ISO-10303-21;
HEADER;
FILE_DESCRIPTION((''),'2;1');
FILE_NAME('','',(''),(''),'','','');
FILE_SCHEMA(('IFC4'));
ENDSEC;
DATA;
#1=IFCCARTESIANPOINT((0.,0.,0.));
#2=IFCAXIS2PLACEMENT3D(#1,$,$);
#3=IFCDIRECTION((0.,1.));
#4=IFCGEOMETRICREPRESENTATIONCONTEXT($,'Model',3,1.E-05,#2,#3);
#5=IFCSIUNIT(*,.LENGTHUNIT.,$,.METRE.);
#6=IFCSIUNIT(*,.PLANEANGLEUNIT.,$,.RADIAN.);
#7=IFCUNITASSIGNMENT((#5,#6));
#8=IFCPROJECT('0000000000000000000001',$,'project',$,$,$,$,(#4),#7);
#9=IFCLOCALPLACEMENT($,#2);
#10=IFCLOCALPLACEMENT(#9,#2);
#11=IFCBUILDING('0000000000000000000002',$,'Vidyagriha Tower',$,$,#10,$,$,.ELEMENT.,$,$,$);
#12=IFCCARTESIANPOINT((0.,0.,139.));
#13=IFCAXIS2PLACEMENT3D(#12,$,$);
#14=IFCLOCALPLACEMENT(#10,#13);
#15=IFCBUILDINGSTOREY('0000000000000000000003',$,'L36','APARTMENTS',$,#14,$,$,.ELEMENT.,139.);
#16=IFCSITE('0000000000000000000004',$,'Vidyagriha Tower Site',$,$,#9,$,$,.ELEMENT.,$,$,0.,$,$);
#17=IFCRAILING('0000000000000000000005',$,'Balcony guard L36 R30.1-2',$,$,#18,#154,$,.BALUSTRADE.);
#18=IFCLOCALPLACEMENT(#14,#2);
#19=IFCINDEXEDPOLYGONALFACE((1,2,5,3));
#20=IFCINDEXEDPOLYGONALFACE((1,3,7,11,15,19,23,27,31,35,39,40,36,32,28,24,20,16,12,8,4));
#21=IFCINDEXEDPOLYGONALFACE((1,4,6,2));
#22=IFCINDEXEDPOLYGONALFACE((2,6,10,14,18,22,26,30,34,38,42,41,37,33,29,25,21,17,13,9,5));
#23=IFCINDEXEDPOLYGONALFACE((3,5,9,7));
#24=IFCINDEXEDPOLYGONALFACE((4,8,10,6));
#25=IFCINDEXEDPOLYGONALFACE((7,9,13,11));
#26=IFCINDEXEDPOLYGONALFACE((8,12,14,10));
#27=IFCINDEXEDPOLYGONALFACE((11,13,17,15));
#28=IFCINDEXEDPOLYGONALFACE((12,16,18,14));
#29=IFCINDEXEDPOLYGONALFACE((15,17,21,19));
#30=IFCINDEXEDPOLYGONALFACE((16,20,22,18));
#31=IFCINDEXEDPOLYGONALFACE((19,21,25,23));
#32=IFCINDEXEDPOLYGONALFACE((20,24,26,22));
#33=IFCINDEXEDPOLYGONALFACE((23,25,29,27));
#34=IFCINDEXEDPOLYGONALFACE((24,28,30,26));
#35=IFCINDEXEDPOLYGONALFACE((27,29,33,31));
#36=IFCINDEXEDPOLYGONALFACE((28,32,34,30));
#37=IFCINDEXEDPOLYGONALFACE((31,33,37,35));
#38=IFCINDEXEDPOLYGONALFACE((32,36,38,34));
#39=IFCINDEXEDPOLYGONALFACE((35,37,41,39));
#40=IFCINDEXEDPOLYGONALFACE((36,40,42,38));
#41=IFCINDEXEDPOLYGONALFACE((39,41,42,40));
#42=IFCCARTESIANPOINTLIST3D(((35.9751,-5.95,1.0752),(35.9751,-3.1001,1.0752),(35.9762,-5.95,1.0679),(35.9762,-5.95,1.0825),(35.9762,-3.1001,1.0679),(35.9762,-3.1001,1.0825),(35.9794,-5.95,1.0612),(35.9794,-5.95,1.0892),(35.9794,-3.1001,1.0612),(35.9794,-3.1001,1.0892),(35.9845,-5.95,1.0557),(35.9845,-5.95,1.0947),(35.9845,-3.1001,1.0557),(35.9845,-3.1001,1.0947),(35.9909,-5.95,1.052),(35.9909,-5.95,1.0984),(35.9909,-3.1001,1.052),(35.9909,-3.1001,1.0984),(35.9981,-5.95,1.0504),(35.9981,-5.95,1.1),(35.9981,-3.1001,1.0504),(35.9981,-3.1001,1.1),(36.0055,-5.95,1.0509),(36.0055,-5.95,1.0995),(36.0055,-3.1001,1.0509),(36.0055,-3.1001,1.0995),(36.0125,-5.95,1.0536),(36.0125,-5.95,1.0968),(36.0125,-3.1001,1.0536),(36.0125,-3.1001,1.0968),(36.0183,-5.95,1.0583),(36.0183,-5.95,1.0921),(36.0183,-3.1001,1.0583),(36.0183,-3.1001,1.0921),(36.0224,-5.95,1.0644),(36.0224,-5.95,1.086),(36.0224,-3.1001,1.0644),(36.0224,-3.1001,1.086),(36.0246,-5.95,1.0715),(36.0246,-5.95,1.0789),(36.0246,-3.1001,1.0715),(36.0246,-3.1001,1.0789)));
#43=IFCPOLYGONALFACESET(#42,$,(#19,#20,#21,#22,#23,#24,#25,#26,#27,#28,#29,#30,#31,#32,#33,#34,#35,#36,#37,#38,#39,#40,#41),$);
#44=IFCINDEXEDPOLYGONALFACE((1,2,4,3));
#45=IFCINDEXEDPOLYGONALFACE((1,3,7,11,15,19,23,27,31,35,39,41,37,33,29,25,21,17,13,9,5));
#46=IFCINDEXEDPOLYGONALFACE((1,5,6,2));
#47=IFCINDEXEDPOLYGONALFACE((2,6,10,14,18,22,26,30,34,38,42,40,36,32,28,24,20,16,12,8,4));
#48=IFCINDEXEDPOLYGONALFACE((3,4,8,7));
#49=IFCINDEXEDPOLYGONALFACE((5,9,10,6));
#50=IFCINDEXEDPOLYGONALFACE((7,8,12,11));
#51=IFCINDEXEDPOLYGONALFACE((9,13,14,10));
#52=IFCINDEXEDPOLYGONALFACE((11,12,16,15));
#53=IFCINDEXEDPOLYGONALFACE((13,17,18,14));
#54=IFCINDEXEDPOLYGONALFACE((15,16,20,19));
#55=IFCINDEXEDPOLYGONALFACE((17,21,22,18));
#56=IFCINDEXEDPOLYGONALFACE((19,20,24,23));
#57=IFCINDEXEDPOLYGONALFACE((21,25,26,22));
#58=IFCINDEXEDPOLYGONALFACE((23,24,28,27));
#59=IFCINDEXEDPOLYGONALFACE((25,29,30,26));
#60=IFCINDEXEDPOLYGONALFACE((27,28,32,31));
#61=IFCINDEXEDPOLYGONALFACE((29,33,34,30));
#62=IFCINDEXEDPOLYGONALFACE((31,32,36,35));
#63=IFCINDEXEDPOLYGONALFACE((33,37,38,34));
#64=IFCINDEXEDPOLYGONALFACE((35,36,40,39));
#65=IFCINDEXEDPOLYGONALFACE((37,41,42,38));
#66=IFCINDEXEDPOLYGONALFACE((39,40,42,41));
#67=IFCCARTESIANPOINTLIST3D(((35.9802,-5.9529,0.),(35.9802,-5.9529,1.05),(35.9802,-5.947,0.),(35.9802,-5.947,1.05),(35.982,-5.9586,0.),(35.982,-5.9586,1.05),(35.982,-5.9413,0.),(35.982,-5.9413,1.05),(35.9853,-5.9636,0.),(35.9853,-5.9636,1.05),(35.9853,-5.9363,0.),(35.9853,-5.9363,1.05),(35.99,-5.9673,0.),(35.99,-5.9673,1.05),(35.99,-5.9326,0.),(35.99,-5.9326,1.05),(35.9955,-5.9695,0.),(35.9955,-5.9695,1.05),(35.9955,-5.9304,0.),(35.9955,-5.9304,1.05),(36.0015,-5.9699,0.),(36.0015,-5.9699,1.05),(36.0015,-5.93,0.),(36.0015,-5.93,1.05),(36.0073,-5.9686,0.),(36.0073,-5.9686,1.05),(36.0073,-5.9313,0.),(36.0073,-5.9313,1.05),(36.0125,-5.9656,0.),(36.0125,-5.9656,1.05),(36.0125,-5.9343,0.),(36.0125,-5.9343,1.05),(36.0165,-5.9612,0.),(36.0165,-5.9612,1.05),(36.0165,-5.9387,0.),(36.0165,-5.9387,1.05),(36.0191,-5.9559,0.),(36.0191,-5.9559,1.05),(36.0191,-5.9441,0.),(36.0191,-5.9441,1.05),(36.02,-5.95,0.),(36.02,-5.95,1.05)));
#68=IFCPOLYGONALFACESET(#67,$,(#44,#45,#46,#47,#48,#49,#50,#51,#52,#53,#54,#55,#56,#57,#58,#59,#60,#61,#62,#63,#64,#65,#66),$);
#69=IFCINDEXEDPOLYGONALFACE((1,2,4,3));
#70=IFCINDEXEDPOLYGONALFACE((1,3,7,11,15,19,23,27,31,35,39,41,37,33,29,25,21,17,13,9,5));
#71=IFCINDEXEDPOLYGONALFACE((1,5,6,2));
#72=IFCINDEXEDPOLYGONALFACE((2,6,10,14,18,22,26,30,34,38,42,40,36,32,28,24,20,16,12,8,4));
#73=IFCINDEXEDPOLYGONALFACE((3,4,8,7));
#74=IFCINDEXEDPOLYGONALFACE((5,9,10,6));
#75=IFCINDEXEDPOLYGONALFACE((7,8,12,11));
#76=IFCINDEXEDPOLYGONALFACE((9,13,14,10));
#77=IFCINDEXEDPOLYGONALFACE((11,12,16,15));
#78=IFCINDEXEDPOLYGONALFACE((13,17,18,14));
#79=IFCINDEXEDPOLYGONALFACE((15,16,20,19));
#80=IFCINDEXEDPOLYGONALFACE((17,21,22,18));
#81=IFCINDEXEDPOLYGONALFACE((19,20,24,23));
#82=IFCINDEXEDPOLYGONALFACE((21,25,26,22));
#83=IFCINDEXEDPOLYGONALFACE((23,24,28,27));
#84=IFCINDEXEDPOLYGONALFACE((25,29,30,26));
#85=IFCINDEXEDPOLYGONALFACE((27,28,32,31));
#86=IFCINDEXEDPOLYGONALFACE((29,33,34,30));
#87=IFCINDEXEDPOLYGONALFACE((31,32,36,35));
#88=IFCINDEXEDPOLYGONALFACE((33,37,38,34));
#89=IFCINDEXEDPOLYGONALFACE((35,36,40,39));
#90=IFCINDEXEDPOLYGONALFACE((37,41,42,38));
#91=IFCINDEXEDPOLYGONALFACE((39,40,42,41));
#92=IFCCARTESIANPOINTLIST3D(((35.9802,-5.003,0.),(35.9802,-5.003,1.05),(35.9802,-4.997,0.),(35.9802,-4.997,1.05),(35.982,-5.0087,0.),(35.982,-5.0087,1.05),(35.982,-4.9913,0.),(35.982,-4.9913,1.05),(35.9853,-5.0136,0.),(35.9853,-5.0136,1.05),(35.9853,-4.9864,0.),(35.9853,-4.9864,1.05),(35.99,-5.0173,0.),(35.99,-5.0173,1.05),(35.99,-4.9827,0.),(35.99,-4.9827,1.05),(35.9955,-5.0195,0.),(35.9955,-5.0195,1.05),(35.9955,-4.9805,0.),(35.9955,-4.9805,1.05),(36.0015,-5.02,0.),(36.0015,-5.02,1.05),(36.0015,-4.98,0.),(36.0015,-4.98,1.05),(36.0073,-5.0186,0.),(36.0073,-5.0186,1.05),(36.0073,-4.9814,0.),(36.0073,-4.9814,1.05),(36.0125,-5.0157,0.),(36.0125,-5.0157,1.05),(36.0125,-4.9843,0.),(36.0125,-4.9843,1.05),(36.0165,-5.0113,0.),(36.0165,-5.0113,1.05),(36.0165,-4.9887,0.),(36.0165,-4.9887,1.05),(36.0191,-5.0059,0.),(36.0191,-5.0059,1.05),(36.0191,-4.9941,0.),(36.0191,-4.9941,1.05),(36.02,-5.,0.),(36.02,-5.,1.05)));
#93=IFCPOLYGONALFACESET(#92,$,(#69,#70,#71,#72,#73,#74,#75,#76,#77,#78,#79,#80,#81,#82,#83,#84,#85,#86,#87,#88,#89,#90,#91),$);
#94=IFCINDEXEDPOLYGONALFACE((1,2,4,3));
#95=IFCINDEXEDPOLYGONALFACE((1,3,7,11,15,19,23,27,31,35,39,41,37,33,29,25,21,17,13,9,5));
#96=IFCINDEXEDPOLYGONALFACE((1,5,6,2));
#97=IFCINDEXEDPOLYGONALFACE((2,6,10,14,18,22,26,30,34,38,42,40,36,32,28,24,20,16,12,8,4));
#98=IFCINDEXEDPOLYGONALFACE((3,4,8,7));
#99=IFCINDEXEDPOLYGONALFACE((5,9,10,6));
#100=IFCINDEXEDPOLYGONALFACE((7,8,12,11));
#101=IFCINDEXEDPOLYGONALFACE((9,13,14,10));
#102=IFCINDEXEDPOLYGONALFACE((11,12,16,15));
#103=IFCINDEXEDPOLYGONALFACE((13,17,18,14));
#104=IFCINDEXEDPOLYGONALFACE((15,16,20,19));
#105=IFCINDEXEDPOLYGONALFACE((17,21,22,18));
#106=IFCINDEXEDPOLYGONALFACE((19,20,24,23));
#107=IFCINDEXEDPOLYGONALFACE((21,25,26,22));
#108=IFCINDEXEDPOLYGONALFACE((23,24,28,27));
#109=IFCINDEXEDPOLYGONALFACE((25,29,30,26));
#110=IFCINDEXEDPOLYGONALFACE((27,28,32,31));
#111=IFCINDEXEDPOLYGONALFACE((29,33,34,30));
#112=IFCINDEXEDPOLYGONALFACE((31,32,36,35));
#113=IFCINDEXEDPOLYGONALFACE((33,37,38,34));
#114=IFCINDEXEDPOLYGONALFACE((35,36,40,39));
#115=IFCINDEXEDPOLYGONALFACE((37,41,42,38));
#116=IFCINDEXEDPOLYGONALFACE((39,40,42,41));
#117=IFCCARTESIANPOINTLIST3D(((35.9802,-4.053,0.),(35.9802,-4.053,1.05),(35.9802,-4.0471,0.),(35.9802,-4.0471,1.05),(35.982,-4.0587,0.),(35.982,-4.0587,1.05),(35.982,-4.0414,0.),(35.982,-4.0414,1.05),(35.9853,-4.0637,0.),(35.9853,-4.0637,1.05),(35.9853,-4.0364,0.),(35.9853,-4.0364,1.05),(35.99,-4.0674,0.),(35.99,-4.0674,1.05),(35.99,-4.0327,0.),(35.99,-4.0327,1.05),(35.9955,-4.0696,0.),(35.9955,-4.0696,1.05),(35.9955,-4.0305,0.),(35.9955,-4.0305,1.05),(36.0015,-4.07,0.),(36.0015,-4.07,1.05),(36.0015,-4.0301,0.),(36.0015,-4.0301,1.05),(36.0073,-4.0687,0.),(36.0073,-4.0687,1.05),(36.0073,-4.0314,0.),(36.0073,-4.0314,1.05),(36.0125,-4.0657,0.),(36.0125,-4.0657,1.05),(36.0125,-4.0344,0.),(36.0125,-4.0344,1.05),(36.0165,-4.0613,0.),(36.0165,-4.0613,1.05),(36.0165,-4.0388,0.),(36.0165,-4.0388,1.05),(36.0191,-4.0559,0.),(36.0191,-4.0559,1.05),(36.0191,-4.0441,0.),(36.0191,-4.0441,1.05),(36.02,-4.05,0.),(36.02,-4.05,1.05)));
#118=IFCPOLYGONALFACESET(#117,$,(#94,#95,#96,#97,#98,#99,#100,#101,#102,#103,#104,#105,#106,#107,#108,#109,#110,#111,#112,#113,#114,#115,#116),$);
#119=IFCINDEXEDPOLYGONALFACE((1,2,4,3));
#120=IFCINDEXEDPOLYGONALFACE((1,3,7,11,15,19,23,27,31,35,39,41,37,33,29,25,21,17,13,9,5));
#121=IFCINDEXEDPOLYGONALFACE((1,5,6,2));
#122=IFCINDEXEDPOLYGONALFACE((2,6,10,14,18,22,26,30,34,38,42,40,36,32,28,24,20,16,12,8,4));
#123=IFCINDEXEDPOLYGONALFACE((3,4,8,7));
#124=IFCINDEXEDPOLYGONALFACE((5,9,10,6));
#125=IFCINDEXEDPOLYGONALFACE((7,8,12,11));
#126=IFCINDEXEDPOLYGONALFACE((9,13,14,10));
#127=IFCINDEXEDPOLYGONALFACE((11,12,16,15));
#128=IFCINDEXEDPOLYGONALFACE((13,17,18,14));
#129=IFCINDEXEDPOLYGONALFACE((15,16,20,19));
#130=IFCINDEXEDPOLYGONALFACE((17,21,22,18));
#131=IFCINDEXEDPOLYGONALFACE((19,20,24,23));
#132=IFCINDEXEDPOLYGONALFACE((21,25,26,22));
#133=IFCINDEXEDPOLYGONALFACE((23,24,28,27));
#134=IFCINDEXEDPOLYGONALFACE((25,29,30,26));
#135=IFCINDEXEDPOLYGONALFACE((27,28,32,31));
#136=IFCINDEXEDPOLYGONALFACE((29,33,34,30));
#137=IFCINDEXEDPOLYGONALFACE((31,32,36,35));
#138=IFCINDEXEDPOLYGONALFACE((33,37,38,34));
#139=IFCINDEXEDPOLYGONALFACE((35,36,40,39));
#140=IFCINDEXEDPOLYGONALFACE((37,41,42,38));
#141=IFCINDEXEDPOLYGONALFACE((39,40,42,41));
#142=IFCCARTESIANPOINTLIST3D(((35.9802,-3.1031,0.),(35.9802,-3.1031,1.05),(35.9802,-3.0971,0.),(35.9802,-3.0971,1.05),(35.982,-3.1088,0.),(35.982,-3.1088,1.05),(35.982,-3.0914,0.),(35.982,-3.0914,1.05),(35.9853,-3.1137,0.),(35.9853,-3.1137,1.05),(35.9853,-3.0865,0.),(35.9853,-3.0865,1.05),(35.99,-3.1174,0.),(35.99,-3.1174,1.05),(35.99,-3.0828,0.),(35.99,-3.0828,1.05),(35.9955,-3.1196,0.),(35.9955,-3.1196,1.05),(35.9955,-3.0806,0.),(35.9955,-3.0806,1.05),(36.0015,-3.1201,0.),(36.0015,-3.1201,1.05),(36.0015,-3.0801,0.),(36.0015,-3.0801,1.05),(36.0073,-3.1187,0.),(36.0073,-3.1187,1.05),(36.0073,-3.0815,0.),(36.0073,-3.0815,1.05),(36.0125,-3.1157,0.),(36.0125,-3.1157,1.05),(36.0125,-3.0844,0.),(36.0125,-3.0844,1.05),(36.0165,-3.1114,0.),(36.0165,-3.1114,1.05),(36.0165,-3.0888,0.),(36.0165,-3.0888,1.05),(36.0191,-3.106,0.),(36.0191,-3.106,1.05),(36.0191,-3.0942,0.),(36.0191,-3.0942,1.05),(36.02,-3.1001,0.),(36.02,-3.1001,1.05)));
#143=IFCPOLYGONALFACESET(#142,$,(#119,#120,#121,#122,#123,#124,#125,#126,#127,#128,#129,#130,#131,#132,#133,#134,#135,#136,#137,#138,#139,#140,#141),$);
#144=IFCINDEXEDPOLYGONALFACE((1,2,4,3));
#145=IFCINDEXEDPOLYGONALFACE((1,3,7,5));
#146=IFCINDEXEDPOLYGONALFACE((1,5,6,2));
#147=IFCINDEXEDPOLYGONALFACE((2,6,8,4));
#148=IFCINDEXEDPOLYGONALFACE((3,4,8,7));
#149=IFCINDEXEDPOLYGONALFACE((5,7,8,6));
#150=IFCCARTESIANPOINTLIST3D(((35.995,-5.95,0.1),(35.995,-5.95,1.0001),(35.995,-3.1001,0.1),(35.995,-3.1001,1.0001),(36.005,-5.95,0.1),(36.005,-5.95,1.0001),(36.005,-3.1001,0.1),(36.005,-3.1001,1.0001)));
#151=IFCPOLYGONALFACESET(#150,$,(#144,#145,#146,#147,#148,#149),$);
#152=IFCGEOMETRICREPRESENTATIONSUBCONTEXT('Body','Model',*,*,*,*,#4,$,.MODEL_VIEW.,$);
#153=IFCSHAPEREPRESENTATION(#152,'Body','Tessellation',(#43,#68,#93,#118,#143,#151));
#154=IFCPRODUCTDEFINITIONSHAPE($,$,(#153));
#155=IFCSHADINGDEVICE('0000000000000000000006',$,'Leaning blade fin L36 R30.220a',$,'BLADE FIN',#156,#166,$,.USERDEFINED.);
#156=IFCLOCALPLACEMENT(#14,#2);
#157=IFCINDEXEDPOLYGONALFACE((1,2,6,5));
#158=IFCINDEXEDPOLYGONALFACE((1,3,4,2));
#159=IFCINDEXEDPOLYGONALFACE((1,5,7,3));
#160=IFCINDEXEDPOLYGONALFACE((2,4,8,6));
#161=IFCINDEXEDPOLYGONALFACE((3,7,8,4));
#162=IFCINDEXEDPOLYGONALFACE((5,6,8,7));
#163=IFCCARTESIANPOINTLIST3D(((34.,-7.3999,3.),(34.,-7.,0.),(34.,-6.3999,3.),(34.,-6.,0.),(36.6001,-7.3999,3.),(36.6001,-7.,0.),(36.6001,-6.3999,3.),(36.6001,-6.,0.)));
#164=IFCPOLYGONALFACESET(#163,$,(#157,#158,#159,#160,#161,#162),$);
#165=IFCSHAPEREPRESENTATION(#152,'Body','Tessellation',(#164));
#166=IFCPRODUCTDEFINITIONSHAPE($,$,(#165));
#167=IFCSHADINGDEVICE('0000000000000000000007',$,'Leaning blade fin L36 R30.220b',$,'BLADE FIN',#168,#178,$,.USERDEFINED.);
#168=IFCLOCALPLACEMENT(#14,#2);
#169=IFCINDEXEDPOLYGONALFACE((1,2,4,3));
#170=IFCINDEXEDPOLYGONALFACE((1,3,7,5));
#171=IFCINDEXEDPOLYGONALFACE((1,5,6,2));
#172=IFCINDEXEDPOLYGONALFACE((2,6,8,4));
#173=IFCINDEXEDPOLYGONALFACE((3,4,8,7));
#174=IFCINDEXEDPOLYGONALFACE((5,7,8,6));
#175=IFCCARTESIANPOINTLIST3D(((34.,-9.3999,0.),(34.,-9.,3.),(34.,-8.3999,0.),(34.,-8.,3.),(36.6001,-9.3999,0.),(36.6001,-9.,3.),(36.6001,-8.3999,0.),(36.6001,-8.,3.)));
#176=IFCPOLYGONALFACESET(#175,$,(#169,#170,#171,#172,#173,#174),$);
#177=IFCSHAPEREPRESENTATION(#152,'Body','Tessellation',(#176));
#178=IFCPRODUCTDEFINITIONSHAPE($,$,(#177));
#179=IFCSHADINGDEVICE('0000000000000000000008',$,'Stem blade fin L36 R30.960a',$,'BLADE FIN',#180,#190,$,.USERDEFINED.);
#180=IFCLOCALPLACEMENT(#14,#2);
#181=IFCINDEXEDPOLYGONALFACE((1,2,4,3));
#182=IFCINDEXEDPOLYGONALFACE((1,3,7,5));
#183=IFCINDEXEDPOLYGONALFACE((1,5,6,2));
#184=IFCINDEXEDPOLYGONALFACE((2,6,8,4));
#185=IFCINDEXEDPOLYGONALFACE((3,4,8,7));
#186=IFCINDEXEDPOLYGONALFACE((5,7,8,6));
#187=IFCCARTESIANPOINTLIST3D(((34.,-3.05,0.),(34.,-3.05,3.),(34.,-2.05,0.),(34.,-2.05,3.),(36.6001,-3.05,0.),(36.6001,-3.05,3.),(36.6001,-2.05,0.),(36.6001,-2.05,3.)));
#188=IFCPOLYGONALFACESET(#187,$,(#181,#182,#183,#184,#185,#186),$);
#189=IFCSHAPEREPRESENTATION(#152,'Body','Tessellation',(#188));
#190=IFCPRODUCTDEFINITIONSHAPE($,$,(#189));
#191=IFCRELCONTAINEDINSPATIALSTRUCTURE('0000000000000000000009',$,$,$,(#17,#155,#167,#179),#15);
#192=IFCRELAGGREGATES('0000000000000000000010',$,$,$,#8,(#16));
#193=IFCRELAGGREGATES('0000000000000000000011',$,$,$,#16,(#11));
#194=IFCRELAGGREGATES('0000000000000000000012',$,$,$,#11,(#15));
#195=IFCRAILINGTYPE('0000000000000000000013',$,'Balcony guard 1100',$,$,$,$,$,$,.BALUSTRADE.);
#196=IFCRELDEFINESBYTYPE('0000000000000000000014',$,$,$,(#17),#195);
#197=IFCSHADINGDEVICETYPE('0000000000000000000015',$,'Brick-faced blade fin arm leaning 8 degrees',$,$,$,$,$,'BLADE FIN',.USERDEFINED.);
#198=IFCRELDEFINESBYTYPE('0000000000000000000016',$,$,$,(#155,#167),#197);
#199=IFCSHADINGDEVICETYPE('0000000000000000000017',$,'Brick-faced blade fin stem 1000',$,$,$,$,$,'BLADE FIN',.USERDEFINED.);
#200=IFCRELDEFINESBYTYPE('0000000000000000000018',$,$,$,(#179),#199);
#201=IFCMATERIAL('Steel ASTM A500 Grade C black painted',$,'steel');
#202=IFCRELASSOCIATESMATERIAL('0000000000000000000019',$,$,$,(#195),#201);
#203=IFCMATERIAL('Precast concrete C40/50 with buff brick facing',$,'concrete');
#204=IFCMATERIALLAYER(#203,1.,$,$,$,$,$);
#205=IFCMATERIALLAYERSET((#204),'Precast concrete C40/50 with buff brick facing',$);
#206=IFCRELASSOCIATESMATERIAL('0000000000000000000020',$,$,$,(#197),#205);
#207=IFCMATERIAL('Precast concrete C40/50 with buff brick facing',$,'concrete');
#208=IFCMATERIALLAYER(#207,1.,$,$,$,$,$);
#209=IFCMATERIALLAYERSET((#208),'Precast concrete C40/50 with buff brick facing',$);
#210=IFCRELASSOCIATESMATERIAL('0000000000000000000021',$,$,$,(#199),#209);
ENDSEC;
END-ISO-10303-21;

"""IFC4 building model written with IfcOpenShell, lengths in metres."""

from ifc_helpers import new_model, si_unit, direction, frame, origin, origin_2d, place, context, subcontext, project, spatial, polyline, rectangle, circle, outline, extrude, material, layer, layer_set, type_object, element, save


model = new_model("IFC4")

# Units and contexts
model_context = context("Model", 3, precision=1e-05, world=origin(), true_north=direction((0.0, 1.0)))
body_context = subcontext(model_context, "Body", "Model", "MODEL_VIEW")
ifc_project = project(units=[si_unit("LENGTHUNIT", "METRE"), si_unit("PLANEANGLEUNIT", "RADIAN")], contexts=[model_context])

# Site, building, storey
site_placement = place(None, origin())
site = spatial("IfcSite", under=ifc_project, at=site_placement, Name="Vidyagriha Tower Site", CompositionType="ELEMENT", RefElevation=0.0)
building_placement = place(site_placement, origin())
building = spatial("IfcBuilding", under=site, at=building_placement, Name="Vidyagriha Tower", CompositionType="ELEMENT")
storey_placement = place(building_placement, frame((0.0, 0.0, 139.0)))
storey = spatial("IfcBuildingStorey", under=building, at=storey_placement, Name="L36", Description="APARTMENTS", CompositionType="ELEMENT", Elevation=139.0)

# Railing
ifc_material_1 = material(Name="Steel ASTM A500 Grade C black painted", Category="steel")
railing_type = type_object("IfcRailingType", Name="Balcony guard 1100", PredefinedType="BALUSTRADE", material=ifc_material_1)
railing_1_placement = place(storey_placement, frame((36.0, -5.95, 0.0)))
element("IfcRailing", 1, at=railing_1_placement, inside=storey, type_object=railing_type, Name="Balcony guard L36 R30.1-2", PredefinedType="BALUSTRADE", context=body_context, shape_type="SweptSolid", body=[
    extrude(circle(Radius=0.0249, at=origin_2d()), frame((0.0, 0.0, 1.0752), z_axis=(0.0, 1.0, 0.0), x_axis=(-1.0, 0.0, 0.0)), (0.0, 0.0, 1.0), 2.8499),
    extrude(circle(Radius=0.02, at=origin_2d()), origin(), (0.0, 0.0, 1.0), 1.05),
    extrude(circle(Radius=0.02, at=origin_2d()), frame((0.0, 0.95, 0.0)), (0.0, 0.0, 1.0), 1.05),
    extrude(circle(Radius=0.02, at=origin_2d()), frame((0.0, 1.8999, 0.0)), (0.0, 0.0, 1.0), 1.05),
    extrude(circle(Radius=0.02, at=origin_2d()), frame((0.0, 2.8499, 0.0)), (0.0, 0.0, 1.0), 1.05),
    extrude(rectangle(XDim=0.01, YDim=0.9001, at=origin_2d()), frame((0.0, 0.0, 0.55), z_axis=(0.0, 1.0, 0.0), x_axis=(-1.0, 0.0, 0.0)), (0.0, 0.0, 1.0), 2.8499),
])

# Shading devices
ifc_material_2 = material(Name="Precast concrete C40/50 with buff brick facing", Category="concrete")
ifc_layer_1 = layer(ifc_material_2, 1.0)
ifc_layer_set_1 = layer_set([ifc_layer_1], Name="Precast concrete C40/50 with buff brick facing")
shading_device_type_1 = type_object("IfcShadingDeviceType", Name="Brick-faced blade fin arm leaning 8 degrees", ElementType="BLADE FIN", PredefinedType="USERDEFINED", material=ifc_layer_set_1)
shading_device_1_placement = place(storey_placement, frame((35.3, -7.3999, 0.0), z_axis=(0.0, 0.0, 1.0), x_axis=(0.0, 1.0, 0.0)))
element("IfcShadingDevice", 2, at=shading_device_1_placement, inside=storey, type_object=shading_device_type_1, Name="Leaning blade fin L36 R30.220a", ObjectType="BLADE FIN", PredefinedType="USERDEFINED", context=body_context, shape_type="SweptSolid", body=[
    extrude(outline(polyline([(0.3999, 0.0), (1.3999, 0.0), (1.0, 3.0), (0.0, 3.0), (0.3999, 0.0)])), frame((0.0, 1.3, 0.0), z_axis=(0.0, -1.0, 0.0), x_axis=(1.0, 0.0, 0.0)), (0.0, 0.0, 1.0), 2.6001),
])
shading_device_2_placement = place(storey_placement, frame((35.3, -9.3999, 0.0), z_axis=(0.0, 0.0, 1.0), x_axis=(0.0, 1.0, 0.0)))
element("IfcShadingDevice", 3, at=shading_device_2_placement, inside=storey, type_object=shading_device_type_1, Name="Leaning blade fin L36 R30.220b", ObjectType="BLADE FIN", PredefinedType="USERDEFINED", context=body_context, shape_type="SweptSolid", body=[
    extrude(outline(polyline([(0.0, 0.0), (1.0, 0.0), (1.3999, 3.0), (0.3999, 3.0), (0.0, 0.0)])), frame((0.0, 1.3, 0.0), z_axis=(0.0, -1.0, 0.0), x_axis=(1.0, 0.0, 0.0)), (0.0, 0.0, 1.0), 2.6001),
])
ifc_material_3 = material(Name="Precast concrete C40/50 with buff brick facing", Category="concrete")
ifc_layer_2 = layer(ifc_material_3, 1.0)
ifc_layer_set_2 = layer_set([ifc_layer_2], Name="Precast concrete C40/50 with buff brick facing")
shading_device_type_2 = type_object("IfcShadingDeviceType", Name="Brick-faced blade fin stem 1000", ElementType="BLADE FIN", PredefinedType="USERDEFINED", material=ifc_layer_set_2)
shading_device_3_placement = place(storey_placement, frame((35.3, -3.05, 0.0), z_axis=(0.0, 0.0, 1.0), x_axis=(0.0, 1.0, 0.0)))
element("IfcShadingDevice", 4, at=shading_device_3_placement, inside=storey, type_object=shading_device_type_2, Name="Stem blade fin L36 R30.960a", ObjectType="BLADE FIN", PredefinedType="USERDEFINED", context=body_context, shape_type="SweptSolid", body=[
    extrude(outline(polyline([(0.0, 0.0), (1.0, 0.0), (1.0, 3.0), (0.0, 3.0), (0.0, 0.0)])), frame((0.0, 1.3, 0.0), z_axis=(0.0, -1.0, 0.0), x_axis=(1.0, 0.0, 0.0)), (0.0, 0.0, 1.0), 2.6001),
])

save(model, "model.ifc")
